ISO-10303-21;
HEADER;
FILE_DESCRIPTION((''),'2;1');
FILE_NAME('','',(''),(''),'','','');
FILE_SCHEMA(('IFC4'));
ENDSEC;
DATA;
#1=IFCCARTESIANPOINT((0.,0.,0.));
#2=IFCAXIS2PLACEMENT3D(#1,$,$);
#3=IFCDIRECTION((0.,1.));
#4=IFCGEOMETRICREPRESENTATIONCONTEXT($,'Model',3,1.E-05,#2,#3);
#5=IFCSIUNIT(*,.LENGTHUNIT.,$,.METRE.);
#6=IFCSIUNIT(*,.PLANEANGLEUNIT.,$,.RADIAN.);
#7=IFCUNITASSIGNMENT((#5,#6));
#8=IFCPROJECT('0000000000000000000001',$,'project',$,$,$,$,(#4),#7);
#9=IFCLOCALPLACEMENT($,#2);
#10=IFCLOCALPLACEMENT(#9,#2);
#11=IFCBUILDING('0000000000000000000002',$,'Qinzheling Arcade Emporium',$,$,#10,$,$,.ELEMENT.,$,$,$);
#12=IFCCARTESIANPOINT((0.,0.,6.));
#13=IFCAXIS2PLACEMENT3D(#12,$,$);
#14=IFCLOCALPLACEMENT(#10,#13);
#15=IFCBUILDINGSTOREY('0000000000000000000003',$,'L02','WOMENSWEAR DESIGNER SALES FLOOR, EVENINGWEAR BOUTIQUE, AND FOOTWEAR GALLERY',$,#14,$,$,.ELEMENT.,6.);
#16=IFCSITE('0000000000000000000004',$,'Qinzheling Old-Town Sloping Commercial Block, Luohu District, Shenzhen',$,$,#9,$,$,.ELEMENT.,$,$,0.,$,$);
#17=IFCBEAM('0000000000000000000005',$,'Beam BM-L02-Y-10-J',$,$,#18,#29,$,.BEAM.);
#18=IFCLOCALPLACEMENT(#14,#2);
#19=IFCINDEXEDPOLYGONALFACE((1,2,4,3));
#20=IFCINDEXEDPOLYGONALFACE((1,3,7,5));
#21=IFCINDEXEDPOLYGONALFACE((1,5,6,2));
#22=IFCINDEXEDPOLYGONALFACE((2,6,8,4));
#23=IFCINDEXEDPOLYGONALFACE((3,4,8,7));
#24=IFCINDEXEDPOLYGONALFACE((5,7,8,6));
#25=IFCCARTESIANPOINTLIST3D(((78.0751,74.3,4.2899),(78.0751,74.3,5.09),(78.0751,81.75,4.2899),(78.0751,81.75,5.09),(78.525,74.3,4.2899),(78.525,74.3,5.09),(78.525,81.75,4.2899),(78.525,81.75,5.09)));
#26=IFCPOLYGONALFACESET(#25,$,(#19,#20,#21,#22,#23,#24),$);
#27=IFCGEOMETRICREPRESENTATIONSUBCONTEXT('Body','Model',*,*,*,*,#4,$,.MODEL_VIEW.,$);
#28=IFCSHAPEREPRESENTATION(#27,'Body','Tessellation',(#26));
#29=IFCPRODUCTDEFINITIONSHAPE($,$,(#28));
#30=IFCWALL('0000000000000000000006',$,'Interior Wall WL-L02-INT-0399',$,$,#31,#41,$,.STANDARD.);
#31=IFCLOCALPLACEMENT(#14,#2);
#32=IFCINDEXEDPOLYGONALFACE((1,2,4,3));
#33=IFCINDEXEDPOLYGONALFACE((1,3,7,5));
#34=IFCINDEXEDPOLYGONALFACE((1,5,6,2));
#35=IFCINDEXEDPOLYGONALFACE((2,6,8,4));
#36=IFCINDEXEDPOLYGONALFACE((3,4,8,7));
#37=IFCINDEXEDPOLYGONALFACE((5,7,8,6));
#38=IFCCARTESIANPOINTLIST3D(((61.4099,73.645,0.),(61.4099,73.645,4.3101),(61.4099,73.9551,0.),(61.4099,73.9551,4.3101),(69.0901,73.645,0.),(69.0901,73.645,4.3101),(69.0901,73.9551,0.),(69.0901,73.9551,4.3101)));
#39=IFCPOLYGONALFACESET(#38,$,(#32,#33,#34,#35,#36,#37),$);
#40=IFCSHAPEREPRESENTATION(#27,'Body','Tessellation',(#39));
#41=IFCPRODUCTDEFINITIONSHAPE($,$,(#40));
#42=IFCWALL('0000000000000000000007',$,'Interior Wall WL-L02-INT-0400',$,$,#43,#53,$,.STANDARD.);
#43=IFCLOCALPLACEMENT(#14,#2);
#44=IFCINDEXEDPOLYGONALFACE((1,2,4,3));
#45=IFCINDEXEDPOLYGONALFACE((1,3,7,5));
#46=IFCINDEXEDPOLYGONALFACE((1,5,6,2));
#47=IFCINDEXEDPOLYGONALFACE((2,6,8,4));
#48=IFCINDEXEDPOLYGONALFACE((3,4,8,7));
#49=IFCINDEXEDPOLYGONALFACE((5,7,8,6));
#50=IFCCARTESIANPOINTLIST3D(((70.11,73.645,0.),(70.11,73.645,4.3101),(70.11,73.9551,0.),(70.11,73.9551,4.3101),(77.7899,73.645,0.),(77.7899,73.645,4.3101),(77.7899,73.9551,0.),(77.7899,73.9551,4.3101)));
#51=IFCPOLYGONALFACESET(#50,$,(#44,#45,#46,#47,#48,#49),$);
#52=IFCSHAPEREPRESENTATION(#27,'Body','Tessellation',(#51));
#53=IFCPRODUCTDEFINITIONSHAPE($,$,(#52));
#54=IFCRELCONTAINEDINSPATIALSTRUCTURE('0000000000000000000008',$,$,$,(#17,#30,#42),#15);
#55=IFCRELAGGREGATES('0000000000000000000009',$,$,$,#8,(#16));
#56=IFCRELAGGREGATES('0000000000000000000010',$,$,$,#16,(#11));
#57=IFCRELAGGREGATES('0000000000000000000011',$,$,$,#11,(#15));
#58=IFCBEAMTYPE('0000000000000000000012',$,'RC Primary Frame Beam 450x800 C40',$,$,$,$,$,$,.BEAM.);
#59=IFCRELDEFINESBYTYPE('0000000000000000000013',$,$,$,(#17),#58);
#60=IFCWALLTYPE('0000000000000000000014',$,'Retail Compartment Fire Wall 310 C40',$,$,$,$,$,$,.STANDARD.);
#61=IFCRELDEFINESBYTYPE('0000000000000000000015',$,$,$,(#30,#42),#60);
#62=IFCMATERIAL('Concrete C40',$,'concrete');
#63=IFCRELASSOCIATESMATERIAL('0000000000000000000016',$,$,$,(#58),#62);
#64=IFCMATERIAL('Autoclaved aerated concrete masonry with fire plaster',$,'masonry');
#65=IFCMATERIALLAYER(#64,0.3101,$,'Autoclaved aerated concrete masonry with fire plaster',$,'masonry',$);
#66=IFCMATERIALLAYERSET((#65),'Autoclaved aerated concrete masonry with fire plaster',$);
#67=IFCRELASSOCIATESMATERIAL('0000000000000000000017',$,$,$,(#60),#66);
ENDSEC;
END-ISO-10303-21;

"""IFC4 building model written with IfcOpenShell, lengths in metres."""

from ifc_helpers import new_model, si_unit, direction, frame, frame_2d, origin, origin_2d, place, context, subcontext, project, spatial, rectangle, extrude, material, layer, layer_set, material_profile, profile_set, type_object, element, save


model = new_model("IFC4")

# Units and contexts
model_context = context("Model", 3, precision=1e-05, world=origin(), true_north=direction((0.0, 1.0)))
body_context = subcontext(model_context, "Body", "Model", "MODEL_VIEW")
ifc_project = project(units=[si_unit("LENGTHUNIT", "METRE"), si_unit("PLANEANGLEUNIT", "RADIAN")], contexts=[model_context])

# Site, building, storey
site_placement = place(None, origin())
site = spatial("IfcSite", under=ifc_project, at=site_placement, Name="Qinzheling Old-Town Sloping Commercial Block, Luohu District, Shenzhen", CompositionType="ELEMENT", RefElevation=0.0)
building_placement = place(site_placement, origin())
building = spatial("IfcBuilding", under=site, at=building_placement, Name="Qinzheling Arcade Emporium", CompositionType="ELEMENT")
storey_placement = place(building_placement, frame((0.0, 0.0, 6.0)))
storey = spatial("IfcBuildingStorey", under=building, at=storey_placement, Name="L02", Description="WOMENSWEAR DESIGNER SALES FLOOR, EVENINGWEAR BOUTIQUE, AND FOOTWEAR GALLERY", CompositionType="ELEMENT", Elevation=6.0)

# Beam
ifc_material_1 = material(Name="Concrete C40", Category="concrete")
ifc_material_profile_1 = material_profile(ifc_material_1, rectangle(XDim=0.45, YDim=0.8, at=origin_2d()), Name="RC 450x800", Category="concrete")
ifc_profile_set_1 = profile_set([ifc_material_profile_1], Name="Concrete C40")
beam_type = type_object("IfcBeamType", Name="RC Primary Frame Beam 450x800 C40", PredefinedType="BEAM", material=ifc_profile_set_1)
beam_1_placement = place(storey_placement, frame((78.3, 74.3, 4.6899), z_axis=(0.0, 1.0, 0.0), x_axis=(-1.0, 0.0, 0.0)))
element("IfcBeam", 1, at=beam_1_placement, inside=storey, type_object=beam_type, Name="Beam BM-L02-Y-10-J", PredefinedType="BEAM", context=body_context, shape_type="SweptSolid", body=[
    extrude(rectangle(XDim=0.45, YDim=0.8, at=origin_2d()), origin(), (0.0, 0.0, 1.0), 7.45),
])

# Walls
ifc_material_2 = material(Name="Autoclaved aerated concrete masonry with fire plaster", Category="masonry")
ifc_layer = layer(ifc_material_2, 0.3101, Name="Autoclaved aerated concrete masonry with fire plaster", Category="masonry")
ifc_layer_set = layer_set([ifc_layer], Name="Autoclaved aerated concrete masonry with fire plaster")
wall_type = type_object("IfcWallType", Name="Retail Compartment Fire Wall 310 C40", PredefinedType="STANDARD", material=ifc_layer_set)
wall_placement = place(storey_placement, frame((61.4099, 73.8, 0.0), z_axis=(0.0, 0.0, 1.0), x_axis=(1.0, 0.0, 0.0)))
element("IfcWall", 2, at=wall_placement, inside=storey, type_object=wall_type, Name="Interior Wall WL-L02-INT-0399", PredefinedType="STANDARD", context=body_context, shape_type="SweptSolid", body=[
    extrude(rectangle(XDim=7.6802, YDim=0.3101, at=frame_2d((3.8401, 0.0))), origin(), (0.0, 0.0, 1.0), 4.3101),
])
for number, where, z_axis, x_axis, name in (
    (3, (70.1101, 73.8, 0.0), (0.0, 0.0, 1.0), (1.0, 0.0, 0.0), "Interior Wall WL-L02-INT-0400"),
):
    element("IfcWall", number, at=place(storey_placement, frame(where, z_axis=z_axis, x_axis=x_axis)), inside=storey, type_object=wall_type, Name=name, PredefinedType="STANDARD", context=body_context, shape_type="SweptSolid", body=[
        extrude(rectangle(XDim=7.6799, YDim=0.3101, at=frame_2d((3.8398, 0.0))), origin(), (0.0, 0.0, 1.0), 4.3101),
    ])

save(model, "model.ifc")
